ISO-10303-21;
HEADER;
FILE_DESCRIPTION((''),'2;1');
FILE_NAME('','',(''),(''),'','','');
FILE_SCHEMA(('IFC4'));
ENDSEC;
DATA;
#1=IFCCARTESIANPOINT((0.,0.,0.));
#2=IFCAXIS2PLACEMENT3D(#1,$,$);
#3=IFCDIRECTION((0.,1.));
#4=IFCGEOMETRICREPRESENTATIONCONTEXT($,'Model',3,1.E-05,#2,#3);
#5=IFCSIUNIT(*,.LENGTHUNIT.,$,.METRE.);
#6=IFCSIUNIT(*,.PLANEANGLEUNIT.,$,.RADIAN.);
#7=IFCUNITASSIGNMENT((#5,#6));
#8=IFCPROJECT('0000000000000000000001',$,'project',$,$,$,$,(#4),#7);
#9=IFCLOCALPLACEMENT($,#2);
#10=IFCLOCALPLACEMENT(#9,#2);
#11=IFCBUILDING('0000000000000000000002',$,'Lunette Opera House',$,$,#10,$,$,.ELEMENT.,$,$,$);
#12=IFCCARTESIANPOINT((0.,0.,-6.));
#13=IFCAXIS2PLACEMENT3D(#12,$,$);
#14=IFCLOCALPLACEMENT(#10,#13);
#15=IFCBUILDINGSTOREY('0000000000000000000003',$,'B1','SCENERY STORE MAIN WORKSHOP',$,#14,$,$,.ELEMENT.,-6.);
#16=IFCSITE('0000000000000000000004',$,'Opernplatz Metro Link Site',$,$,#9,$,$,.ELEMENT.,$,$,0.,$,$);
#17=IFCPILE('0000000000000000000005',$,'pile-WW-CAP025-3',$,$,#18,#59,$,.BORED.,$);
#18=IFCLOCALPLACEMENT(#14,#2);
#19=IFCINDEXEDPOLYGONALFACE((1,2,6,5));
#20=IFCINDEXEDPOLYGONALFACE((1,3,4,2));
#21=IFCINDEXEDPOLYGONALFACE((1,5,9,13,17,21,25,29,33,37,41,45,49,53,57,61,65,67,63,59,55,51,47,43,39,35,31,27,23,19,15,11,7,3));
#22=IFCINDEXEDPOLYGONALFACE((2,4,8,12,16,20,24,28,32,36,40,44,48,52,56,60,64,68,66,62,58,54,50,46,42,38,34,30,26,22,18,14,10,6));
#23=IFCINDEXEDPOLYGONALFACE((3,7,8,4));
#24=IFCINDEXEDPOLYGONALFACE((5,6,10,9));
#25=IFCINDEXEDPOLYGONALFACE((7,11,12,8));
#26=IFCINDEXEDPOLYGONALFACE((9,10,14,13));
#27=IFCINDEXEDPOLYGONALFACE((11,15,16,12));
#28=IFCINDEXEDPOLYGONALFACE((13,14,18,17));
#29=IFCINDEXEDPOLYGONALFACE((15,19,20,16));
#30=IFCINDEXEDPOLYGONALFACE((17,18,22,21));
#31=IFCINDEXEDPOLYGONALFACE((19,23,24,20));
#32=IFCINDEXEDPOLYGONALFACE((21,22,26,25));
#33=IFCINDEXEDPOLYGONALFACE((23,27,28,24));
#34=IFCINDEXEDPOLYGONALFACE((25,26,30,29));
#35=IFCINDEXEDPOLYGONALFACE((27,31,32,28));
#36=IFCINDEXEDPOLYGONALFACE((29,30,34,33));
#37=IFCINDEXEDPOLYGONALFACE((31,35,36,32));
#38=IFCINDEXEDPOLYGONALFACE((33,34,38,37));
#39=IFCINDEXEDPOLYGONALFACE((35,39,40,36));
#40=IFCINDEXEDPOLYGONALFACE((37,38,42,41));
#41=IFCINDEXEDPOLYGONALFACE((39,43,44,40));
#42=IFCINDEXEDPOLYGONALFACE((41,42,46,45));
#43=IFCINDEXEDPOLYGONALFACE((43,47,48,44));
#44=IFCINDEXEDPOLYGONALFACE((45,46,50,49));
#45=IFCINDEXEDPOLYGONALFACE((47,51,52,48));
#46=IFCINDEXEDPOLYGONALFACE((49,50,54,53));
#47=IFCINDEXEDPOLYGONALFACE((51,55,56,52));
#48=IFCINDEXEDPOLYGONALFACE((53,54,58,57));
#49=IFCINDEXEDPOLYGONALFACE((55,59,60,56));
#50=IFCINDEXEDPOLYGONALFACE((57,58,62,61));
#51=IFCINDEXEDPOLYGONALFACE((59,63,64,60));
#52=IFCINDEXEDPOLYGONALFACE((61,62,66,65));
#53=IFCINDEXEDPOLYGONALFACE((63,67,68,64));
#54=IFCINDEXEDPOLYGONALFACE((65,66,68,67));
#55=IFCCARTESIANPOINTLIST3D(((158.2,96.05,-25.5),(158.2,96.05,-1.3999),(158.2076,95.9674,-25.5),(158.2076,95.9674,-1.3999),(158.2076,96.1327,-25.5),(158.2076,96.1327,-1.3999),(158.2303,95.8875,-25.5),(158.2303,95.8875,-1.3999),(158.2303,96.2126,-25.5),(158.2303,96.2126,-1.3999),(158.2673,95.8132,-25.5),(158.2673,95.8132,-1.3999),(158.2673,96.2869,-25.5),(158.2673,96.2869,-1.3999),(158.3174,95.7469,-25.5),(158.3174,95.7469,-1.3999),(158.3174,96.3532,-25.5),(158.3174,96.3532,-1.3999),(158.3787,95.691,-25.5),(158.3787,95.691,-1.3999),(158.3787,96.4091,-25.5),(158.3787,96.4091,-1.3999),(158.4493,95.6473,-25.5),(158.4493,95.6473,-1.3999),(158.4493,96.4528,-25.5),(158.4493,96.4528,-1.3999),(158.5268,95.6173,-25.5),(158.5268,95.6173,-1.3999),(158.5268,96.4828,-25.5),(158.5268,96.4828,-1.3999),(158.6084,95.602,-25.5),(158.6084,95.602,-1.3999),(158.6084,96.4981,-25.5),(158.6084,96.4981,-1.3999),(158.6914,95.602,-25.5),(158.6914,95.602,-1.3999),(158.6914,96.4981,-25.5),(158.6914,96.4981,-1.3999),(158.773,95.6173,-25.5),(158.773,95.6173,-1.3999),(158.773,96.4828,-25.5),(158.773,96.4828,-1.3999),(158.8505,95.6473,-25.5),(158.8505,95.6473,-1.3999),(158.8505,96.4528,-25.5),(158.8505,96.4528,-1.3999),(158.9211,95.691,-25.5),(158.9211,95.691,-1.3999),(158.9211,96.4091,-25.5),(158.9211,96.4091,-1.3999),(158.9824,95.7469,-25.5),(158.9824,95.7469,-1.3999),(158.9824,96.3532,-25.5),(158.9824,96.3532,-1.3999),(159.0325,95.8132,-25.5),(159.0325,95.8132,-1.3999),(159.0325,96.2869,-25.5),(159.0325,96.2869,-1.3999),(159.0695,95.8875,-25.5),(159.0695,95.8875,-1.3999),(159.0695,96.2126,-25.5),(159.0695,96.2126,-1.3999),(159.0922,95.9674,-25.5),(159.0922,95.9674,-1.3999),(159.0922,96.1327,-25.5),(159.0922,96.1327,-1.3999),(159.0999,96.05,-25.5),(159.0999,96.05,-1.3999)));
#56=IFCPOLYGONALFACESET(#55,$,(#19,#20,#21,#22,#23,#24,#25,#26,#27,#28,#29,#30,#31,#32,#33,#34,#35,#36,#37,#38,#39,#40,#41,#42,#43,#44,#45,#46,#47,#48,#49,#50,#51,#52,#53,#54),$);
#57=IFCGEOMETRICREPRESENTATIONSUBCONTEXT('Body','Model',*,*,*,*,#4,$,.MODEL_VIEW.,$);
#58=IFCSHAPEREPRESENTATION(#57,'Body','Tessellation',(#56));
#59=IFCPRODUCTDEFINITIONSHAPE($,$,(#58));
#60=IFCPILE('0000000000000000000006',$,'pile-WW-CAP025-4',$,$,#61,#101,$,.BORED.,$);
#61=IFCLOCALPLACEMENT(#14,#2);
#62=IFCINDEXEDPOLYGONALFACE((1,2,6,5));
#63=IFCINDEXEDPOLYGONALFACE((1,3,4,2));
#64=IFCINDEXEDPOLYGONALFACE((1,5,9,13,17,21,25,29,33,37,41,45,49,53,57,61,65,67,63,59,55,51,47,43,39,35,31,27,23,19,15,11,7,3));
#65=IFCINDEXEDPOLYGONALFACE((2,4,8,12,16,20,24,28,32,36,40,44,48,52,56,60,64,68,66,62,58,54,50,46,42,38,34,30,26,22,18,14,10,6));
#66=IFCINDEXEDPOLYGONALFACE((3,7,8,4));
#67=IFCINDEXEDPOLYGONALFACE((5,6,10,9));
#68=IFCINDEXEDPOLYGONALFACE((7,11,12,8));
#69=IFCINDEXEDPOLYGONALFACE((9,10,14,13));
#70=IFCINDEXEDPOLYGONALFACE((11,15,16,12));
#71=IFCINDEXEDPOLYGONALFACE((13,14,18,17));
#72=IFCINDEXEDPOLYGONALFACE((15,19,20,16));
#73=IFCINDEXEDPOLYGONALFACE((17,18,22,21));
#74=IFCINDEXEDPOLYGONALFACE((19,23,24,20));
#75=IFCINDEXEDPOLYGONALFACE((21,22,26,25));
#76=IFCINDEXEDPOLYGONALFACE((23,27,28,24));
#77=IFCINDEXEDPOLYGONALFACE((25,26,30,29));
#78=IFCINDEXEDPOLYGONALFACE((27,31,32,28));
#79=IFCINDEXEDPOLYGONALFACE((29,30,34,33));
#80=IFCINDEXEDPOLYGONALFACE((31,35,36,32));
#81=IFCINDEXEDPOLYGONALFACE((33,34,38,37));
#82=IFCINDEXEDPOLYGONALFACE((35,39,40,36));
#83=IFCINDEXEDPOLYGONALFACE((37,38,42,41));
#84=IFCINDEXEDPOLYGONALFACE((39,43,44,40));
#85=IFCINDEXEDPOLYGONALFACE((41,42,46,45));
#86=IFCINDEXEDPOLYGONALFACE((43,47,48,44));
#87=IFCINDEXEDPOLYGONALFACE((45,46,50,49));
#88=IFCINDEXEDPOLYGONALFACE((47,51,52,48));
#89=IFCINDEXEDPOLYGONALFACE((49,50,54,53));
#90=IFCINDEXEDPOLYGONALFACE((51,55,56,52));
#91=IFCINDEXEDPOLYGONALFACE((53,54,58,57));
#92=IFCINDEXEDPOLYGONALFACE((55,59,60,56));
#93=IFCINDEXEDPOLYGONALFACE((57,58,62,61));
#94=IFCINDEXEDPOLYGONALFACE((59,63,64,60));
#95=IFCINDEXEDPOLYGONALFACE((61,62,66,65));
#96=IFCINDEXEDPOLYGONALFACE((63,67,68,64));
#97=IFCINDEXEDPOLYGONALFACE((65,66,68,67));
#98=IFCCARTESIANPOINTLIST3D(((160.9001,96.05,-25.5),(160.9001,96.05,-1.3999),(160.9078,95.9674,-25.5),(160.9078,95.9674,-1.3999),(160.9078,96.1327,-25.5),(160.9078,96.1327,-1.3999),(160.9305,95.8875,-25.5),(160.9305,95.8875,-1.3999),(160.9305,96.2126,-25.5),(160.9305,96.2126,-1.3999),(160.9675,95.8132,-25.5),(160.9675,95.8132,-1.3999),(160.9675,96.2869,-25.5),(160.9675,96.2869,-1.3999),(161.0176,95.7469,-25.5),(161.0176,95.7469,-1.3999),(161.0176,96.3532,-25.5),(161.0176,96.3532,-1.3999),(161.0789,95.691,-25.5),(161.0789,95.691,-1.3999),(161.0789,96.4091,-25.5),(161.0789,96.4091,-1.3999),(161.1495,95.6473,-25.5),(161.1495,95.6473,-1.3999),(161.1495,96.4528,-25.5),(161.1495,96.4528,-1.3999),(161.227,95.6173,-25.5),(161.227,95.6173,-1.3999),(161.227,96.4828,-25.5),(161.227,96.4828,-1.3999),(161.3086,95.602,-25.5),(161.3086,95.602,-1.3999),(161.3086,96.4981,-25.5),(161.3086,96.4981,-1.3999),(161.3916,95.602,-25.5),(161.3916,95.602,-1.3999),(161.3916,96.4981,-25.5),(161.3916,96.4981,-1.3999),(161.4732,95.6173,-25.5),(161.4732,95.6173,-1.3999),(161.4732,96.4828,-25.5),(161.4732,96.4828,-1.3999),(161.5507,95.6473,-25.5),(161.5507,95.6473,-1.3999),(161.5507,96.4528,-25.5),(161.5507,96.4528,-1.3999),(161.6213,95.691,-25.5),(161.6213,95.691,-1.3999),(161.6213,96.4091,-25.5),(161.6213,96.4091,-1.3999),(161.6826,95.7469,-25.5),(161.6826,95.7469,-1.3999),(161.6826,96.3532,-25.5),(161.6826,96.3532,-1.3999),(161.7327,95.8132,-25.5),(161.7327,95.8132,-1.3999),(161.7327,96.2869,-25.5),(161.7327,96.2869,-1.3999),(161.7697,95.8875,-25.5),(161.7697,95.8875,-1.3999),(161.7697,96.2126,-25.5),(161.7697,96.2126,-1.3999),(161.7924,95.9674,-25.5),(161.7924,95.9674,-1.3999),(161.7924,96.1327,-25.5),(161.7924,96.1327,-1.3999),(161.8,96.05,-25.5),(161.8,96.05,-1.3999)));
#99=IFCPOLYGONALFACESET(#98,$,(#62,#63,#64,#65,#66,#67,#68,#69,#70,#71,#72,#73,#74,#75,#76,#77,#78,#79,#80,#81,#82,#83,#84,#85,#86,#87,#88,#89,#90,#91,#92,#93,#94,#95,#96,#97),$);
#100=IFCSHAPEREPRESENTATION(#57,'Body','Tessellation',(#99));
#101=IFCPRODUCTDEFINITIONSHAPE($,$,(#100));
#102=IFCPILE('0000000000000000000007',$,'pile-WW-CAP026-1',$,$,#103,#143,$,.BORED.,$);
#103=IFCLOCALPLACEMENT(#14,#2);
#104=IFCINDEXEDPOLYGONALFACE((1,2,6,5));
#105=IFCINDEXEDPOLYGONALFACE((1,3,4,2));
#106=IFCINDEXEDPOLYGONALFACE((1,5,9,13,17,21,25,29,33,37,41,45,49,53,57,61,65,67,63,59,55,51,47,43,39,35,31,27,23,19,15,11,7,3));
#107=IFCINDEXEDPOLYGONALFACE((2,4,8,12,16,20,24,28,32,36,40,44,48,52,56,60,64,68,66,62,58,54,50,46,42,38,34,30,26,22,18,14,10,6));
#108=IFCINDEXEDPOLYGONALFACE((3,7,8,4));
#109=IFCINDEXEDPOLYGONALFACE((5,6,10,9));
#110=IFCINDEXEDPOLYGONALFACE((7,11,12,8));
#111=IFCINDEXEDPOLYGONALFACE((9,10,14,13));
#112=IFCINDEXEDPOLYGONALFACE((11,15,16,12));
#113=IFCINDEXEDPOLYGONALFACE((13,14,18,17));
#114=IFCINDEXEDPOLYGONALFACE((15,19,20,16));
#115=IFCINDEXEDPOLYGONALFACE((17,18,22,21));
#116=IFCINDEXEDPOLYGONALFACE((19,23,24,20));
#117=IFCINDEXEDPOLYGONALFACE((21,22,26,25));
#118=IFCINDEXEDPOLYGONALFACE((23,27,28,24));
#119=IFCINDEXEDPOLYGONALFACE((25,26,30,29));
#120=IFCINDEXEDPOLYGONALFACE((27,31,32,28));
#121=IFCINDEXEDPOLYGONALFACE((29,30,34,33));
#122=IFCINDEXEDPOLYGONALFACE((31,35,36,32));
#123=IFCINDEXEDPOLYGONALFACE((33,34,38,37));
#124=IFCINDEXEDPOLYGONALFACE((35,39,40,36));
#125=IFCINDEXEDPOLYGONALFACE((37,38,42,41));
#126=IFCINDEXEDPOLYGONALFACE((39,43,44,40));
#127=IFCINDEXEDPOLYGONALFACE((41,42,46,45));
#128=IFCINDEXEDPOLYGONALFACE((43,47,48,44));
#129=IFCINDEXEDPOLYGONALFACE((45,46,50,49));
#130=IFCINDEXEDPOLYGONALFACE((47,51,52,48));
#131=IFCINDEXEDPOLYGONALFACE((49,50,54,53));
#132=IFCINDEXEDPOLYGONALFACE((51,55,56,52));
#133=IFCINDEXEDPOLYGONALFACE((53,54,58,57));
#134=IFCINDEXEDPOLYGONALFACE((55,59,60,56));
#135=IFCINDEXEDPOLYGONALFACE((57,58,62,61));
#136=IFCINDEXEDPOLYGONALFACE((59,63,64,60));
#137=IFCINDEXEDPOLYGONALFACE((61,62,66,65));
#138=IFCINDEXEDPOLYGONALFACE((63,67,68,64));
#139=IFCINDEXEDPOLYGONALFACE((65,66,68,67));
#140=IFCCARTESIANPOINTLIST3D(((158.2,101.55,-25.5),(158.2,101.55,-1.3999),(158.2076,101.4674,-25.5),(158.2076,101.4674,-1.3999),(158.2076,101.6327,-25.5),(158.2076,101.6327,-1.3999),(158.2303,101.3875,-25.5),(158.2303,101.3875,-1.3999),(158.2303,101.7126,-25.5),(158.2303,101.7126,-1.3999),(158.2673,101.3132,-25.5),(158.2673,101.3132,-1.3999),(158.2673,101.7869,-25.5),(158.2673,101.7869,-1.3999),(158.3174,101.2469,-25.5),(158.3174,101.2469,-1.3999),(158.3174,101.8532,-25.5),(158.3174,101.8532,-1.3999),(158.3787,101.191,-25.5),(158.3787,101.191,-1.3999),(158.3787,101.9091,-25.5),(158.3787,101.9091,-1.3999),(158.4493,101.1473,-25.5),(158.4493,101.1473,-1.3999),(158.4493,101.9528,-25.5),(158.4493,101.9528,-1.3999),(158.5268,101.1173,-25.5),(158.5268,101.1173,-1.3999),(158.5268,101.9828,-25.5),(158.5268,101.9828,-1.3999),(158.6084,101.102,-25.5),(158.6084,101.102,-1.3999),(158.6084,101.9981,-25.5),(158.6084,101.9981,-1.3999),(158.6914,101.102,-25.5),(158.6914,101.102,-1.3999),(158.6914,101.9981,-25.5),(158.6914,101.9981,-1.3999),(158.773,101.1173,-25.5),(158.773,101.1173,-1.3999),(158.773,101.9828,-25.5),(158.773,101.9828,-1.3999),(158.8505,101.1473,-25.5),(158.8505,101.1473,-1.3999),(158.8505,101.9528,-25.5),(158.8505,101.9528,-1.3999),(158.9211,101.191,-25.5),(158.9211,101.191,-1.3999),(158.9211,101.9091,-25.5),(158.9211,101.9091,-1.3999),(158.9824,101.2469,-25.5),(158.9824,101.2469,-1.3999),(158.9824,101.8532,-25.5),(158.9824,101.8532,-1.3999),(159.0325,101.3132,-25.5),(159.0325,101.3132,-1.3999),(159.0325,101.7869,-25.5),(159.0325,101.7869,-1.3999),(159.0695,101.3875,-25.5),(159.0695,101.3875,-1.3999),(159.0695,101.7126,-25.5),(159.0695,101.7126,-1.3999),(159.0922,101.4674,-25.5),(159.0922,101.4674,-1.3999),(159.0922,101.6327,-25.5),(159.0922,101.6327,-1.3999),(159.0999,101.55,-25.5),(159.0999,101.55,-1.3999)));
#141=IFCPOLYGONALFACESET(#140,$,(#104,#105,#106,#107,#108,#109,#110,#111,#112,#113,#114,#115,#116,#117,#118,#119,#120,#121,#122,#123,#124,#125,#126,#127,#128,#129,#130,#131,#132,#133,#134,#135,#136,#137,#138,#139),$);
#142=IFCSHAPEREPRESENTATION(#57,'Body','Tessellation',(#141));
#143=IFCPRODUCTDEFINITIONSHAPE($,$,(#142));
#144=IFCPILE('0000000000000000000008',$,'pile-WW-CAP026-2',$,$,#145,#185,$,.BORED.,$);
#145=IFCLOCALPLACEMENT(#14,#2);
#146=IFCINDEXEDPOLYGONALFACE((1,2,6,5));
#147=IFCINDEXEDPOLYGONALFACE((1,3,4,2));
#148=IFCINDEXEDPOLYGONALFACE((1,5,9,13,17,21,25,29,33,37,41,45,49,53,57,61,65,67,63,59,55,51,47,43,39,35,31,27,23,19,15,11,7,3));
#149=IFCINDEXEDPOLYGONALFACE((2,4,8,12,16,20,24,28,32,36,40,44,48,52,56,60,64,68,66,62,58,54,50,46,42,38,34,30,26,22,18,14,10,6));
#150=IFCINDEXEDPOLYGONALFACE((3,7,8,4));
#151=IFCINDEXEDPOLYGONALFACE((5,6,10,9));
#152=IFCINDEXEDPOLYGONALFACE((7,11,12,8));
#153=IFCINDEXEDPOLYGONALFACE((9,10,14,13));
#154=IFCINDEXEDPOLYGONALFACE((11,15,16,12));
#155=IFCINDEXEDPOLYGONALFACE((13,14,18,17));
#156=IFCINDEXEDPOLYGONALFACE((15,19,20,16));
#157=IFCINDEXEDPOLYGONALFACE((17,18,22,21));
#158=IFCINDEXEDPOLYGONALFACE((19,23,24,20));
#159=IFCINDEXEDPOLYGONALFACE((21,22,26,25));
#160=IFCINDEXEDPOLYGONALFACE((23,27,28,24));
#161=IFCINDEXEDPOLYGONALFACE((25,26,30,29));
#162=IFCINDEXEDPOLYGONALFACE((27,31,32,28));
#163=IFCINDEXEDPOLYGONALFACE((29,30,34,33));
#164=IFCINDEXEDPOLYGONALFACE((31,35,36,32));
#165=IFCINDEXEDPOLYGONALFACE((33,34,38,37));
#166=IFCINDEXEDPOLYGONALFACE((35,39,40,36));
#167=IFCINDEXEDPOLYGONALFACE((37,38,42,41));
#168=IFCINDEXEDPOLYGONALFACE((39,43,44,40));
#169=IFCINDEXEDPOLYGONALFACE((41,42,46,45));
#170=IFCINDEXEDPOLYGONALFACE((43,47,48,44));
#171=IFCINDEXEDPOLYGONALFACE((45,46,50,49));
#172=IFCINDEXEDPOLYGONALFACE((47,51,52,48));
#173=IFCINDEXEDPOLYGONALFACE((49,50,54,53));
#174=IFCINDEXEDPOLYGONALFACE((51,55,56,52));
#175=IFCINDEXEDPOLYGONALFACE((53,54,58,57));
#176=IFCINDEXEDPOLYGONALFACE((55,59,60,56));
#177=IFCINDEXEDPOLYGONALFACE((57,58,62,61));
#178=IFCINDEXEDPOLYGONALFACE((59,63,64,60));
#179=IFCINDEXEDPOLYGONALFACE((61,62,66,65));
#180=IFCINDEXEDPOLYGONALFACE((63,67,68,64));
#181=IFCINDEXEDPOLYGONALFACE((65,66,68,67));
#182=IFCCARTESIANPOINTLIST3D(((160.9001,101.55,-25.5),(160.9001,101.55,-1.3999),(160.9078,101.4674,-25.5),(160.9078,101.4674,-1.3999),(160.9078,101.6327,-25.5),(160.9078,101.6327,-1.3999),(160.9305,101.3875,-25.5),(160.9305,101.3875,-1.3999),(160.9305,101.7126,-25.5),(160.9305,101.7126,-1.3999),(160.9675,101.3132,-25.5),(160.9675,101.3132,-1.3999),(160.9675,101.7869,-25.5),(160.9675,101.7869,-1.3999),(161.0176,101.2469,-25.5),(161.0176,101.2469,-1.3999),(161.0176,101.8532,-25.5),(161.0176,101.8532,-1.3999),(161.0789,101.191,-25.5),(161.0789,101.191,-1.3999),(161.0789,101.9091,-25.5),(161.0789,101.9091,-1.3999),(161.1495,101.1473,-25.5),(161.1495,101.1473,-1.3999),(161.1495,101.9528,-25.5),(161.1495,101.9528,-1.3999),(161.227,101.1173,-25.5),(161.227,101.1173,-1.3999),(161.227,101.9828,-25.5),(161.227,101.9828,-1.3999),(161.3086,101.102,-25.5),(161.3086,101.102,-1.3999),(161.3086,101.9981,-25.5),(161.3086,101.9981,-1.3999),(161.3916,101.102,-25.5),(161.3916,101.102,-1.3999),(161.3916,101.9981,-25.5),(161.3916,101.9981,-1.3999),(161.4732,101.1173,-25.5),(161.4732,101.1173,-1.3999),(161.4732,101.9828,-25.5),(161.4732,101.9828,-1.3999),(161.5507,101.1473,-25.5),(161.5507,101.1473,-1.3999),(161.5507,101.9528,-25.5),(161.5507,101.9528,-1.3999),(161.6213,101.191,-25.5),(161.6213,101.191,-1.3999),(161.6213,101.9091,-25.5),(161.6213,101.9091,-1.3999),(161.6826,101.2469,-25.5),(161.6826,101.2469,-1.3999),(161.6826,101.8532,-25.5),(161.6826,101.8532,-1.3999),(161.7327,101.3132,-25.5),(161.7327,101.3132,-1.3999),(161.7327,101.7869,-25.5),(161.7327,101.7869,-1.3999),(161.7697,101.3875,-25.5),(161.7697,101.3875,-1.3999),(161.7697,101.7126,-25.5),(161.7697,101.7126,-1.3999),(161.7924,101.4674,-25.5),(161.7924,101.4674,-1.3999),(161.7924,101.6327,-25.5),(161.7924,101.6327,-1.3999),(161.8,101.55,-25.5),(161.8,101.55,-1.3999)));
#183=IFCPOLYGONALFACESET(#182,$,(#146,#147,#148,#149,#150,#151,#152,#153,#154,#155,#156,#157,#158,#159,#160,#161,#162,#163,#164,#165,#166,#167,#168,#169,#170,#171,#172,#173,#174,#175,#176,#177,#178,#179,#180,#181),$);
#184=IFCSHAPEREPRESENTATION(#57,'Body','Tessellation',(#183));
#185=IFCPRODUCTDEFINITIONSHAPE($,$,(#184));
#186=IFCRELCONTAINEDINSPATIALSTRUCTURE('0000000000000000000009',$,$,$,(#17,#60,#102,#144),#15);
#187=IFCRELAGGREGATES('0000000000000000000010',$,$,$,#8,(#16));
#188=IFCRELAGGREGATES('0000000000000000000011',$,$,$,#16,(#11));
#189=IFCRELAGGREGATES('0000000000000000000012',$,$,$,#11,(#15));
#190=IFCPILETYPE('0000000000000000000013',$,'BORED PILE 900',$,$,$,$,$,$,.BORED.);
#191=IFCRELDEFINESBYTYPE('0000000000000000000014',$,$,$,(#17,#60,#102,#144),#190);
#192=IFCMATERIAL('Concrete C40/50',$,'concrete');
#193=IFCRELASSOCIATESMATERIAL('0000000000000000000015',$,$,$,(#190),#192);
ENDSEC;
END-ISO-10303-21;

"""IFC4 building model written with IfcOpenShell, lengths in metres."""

from ifc_helpers import new_model, si_unit, direction, frame, origin, origin_2d, place, context, subcontext, project, spatial, circle, extrude, material, material_profile, profile_set, type_object, element, save


model = new_model("IFC4")

# Units and contexts
model_context = context("Model", 3, precision=1e-05, world=origin(), true_north=direction((0.0, 1.0)))
body_context = subcontext(model_context, "Body", "Model", "MODEL_VIEW")
ifc_project = project(units=[si_unit("LENGTHUNIT", "METRE"), si_unit("PLANEANGLEUNIT", "RADIAN")], contexts=[model_context])

# Site, building, storey
site_placement = place(None, origin())
site = spatial("IfcSite", under=ifc_project, at=site_placement, Name="Opernplatz Metro Link Site", CompositionType="ELEMENT", RefElevation=0.0)
building_placement = place(site_placement, origin())
building = spatial("IfcBuilding", under=site, at=building_placement, Name="Lunette Opera House", CompositionType="ELEMENT")
storey_placement = place(building_placement, frame((0.0, 0.0, -6.0)))
storey = spatial("IfcBuildingStorey", under=building, at=storey_placement, Name="B1", Description="SCENERY STORE MAIN WORKSHOP", CompositionType="ELEMENT", Elevation=-6.0)

# Piles
ifc_material_1 = material(Name="Concrete C40/50", Category="concrete")
ifc_material_profile_1 = material_profile(ifc_material_1, circle(Radius=0.45, at=origin_2d()), Name="BORED PILE 900")
ifc_profile_set_1 = profile_set([ifc_material_profile_1], Name="Concrete C40/50")
pile_type = type_object("IfcPileType", Name="BORED PILE 900", PredefinedType="BORED", material=ifc_profile_set_1)
for number, where, z_axis, x_axis, name in (
    (1, (158.6499, 96.05, -1.3999), (0.0, 0.0, -1.0), (1.0, 0.0, 0.0), "pile-WW-CAP025-3"),
    (2, (161.3501, 96.05, -1.3999), (0.0, 0.0, -1.0), (1.0, 0.0, 0.0), "pile-WW-CAP025-4"),
    (3, (158.6499, 101.55, -1.3999), (0.0, 0.0, -1.0), (1.0, 0.0, 0.0), "pile-WW-CAP026-1"),
    (4, (161.3501, 101.55, -1.3999), (0.0, 0.0, -1.0), (1.0, 0.0, 0.0), "pile-WW-CAP026-2"),
):
    element("IfcPile", number, at=place(storey_placement, frame(where, z_axis=z_axis, x_axis=x_axis)), inside=storey, type_object=pile_type, Name=name, PredefinedType="BORED", context=body_context, shape_type="SweptSolid", body=[
        extrude(circle(Radius=0.45, at=origin_2d()), origin(), (0.0, 0.0, 1.0), 24.1001),
    ])

save(model, "model.ifc")
